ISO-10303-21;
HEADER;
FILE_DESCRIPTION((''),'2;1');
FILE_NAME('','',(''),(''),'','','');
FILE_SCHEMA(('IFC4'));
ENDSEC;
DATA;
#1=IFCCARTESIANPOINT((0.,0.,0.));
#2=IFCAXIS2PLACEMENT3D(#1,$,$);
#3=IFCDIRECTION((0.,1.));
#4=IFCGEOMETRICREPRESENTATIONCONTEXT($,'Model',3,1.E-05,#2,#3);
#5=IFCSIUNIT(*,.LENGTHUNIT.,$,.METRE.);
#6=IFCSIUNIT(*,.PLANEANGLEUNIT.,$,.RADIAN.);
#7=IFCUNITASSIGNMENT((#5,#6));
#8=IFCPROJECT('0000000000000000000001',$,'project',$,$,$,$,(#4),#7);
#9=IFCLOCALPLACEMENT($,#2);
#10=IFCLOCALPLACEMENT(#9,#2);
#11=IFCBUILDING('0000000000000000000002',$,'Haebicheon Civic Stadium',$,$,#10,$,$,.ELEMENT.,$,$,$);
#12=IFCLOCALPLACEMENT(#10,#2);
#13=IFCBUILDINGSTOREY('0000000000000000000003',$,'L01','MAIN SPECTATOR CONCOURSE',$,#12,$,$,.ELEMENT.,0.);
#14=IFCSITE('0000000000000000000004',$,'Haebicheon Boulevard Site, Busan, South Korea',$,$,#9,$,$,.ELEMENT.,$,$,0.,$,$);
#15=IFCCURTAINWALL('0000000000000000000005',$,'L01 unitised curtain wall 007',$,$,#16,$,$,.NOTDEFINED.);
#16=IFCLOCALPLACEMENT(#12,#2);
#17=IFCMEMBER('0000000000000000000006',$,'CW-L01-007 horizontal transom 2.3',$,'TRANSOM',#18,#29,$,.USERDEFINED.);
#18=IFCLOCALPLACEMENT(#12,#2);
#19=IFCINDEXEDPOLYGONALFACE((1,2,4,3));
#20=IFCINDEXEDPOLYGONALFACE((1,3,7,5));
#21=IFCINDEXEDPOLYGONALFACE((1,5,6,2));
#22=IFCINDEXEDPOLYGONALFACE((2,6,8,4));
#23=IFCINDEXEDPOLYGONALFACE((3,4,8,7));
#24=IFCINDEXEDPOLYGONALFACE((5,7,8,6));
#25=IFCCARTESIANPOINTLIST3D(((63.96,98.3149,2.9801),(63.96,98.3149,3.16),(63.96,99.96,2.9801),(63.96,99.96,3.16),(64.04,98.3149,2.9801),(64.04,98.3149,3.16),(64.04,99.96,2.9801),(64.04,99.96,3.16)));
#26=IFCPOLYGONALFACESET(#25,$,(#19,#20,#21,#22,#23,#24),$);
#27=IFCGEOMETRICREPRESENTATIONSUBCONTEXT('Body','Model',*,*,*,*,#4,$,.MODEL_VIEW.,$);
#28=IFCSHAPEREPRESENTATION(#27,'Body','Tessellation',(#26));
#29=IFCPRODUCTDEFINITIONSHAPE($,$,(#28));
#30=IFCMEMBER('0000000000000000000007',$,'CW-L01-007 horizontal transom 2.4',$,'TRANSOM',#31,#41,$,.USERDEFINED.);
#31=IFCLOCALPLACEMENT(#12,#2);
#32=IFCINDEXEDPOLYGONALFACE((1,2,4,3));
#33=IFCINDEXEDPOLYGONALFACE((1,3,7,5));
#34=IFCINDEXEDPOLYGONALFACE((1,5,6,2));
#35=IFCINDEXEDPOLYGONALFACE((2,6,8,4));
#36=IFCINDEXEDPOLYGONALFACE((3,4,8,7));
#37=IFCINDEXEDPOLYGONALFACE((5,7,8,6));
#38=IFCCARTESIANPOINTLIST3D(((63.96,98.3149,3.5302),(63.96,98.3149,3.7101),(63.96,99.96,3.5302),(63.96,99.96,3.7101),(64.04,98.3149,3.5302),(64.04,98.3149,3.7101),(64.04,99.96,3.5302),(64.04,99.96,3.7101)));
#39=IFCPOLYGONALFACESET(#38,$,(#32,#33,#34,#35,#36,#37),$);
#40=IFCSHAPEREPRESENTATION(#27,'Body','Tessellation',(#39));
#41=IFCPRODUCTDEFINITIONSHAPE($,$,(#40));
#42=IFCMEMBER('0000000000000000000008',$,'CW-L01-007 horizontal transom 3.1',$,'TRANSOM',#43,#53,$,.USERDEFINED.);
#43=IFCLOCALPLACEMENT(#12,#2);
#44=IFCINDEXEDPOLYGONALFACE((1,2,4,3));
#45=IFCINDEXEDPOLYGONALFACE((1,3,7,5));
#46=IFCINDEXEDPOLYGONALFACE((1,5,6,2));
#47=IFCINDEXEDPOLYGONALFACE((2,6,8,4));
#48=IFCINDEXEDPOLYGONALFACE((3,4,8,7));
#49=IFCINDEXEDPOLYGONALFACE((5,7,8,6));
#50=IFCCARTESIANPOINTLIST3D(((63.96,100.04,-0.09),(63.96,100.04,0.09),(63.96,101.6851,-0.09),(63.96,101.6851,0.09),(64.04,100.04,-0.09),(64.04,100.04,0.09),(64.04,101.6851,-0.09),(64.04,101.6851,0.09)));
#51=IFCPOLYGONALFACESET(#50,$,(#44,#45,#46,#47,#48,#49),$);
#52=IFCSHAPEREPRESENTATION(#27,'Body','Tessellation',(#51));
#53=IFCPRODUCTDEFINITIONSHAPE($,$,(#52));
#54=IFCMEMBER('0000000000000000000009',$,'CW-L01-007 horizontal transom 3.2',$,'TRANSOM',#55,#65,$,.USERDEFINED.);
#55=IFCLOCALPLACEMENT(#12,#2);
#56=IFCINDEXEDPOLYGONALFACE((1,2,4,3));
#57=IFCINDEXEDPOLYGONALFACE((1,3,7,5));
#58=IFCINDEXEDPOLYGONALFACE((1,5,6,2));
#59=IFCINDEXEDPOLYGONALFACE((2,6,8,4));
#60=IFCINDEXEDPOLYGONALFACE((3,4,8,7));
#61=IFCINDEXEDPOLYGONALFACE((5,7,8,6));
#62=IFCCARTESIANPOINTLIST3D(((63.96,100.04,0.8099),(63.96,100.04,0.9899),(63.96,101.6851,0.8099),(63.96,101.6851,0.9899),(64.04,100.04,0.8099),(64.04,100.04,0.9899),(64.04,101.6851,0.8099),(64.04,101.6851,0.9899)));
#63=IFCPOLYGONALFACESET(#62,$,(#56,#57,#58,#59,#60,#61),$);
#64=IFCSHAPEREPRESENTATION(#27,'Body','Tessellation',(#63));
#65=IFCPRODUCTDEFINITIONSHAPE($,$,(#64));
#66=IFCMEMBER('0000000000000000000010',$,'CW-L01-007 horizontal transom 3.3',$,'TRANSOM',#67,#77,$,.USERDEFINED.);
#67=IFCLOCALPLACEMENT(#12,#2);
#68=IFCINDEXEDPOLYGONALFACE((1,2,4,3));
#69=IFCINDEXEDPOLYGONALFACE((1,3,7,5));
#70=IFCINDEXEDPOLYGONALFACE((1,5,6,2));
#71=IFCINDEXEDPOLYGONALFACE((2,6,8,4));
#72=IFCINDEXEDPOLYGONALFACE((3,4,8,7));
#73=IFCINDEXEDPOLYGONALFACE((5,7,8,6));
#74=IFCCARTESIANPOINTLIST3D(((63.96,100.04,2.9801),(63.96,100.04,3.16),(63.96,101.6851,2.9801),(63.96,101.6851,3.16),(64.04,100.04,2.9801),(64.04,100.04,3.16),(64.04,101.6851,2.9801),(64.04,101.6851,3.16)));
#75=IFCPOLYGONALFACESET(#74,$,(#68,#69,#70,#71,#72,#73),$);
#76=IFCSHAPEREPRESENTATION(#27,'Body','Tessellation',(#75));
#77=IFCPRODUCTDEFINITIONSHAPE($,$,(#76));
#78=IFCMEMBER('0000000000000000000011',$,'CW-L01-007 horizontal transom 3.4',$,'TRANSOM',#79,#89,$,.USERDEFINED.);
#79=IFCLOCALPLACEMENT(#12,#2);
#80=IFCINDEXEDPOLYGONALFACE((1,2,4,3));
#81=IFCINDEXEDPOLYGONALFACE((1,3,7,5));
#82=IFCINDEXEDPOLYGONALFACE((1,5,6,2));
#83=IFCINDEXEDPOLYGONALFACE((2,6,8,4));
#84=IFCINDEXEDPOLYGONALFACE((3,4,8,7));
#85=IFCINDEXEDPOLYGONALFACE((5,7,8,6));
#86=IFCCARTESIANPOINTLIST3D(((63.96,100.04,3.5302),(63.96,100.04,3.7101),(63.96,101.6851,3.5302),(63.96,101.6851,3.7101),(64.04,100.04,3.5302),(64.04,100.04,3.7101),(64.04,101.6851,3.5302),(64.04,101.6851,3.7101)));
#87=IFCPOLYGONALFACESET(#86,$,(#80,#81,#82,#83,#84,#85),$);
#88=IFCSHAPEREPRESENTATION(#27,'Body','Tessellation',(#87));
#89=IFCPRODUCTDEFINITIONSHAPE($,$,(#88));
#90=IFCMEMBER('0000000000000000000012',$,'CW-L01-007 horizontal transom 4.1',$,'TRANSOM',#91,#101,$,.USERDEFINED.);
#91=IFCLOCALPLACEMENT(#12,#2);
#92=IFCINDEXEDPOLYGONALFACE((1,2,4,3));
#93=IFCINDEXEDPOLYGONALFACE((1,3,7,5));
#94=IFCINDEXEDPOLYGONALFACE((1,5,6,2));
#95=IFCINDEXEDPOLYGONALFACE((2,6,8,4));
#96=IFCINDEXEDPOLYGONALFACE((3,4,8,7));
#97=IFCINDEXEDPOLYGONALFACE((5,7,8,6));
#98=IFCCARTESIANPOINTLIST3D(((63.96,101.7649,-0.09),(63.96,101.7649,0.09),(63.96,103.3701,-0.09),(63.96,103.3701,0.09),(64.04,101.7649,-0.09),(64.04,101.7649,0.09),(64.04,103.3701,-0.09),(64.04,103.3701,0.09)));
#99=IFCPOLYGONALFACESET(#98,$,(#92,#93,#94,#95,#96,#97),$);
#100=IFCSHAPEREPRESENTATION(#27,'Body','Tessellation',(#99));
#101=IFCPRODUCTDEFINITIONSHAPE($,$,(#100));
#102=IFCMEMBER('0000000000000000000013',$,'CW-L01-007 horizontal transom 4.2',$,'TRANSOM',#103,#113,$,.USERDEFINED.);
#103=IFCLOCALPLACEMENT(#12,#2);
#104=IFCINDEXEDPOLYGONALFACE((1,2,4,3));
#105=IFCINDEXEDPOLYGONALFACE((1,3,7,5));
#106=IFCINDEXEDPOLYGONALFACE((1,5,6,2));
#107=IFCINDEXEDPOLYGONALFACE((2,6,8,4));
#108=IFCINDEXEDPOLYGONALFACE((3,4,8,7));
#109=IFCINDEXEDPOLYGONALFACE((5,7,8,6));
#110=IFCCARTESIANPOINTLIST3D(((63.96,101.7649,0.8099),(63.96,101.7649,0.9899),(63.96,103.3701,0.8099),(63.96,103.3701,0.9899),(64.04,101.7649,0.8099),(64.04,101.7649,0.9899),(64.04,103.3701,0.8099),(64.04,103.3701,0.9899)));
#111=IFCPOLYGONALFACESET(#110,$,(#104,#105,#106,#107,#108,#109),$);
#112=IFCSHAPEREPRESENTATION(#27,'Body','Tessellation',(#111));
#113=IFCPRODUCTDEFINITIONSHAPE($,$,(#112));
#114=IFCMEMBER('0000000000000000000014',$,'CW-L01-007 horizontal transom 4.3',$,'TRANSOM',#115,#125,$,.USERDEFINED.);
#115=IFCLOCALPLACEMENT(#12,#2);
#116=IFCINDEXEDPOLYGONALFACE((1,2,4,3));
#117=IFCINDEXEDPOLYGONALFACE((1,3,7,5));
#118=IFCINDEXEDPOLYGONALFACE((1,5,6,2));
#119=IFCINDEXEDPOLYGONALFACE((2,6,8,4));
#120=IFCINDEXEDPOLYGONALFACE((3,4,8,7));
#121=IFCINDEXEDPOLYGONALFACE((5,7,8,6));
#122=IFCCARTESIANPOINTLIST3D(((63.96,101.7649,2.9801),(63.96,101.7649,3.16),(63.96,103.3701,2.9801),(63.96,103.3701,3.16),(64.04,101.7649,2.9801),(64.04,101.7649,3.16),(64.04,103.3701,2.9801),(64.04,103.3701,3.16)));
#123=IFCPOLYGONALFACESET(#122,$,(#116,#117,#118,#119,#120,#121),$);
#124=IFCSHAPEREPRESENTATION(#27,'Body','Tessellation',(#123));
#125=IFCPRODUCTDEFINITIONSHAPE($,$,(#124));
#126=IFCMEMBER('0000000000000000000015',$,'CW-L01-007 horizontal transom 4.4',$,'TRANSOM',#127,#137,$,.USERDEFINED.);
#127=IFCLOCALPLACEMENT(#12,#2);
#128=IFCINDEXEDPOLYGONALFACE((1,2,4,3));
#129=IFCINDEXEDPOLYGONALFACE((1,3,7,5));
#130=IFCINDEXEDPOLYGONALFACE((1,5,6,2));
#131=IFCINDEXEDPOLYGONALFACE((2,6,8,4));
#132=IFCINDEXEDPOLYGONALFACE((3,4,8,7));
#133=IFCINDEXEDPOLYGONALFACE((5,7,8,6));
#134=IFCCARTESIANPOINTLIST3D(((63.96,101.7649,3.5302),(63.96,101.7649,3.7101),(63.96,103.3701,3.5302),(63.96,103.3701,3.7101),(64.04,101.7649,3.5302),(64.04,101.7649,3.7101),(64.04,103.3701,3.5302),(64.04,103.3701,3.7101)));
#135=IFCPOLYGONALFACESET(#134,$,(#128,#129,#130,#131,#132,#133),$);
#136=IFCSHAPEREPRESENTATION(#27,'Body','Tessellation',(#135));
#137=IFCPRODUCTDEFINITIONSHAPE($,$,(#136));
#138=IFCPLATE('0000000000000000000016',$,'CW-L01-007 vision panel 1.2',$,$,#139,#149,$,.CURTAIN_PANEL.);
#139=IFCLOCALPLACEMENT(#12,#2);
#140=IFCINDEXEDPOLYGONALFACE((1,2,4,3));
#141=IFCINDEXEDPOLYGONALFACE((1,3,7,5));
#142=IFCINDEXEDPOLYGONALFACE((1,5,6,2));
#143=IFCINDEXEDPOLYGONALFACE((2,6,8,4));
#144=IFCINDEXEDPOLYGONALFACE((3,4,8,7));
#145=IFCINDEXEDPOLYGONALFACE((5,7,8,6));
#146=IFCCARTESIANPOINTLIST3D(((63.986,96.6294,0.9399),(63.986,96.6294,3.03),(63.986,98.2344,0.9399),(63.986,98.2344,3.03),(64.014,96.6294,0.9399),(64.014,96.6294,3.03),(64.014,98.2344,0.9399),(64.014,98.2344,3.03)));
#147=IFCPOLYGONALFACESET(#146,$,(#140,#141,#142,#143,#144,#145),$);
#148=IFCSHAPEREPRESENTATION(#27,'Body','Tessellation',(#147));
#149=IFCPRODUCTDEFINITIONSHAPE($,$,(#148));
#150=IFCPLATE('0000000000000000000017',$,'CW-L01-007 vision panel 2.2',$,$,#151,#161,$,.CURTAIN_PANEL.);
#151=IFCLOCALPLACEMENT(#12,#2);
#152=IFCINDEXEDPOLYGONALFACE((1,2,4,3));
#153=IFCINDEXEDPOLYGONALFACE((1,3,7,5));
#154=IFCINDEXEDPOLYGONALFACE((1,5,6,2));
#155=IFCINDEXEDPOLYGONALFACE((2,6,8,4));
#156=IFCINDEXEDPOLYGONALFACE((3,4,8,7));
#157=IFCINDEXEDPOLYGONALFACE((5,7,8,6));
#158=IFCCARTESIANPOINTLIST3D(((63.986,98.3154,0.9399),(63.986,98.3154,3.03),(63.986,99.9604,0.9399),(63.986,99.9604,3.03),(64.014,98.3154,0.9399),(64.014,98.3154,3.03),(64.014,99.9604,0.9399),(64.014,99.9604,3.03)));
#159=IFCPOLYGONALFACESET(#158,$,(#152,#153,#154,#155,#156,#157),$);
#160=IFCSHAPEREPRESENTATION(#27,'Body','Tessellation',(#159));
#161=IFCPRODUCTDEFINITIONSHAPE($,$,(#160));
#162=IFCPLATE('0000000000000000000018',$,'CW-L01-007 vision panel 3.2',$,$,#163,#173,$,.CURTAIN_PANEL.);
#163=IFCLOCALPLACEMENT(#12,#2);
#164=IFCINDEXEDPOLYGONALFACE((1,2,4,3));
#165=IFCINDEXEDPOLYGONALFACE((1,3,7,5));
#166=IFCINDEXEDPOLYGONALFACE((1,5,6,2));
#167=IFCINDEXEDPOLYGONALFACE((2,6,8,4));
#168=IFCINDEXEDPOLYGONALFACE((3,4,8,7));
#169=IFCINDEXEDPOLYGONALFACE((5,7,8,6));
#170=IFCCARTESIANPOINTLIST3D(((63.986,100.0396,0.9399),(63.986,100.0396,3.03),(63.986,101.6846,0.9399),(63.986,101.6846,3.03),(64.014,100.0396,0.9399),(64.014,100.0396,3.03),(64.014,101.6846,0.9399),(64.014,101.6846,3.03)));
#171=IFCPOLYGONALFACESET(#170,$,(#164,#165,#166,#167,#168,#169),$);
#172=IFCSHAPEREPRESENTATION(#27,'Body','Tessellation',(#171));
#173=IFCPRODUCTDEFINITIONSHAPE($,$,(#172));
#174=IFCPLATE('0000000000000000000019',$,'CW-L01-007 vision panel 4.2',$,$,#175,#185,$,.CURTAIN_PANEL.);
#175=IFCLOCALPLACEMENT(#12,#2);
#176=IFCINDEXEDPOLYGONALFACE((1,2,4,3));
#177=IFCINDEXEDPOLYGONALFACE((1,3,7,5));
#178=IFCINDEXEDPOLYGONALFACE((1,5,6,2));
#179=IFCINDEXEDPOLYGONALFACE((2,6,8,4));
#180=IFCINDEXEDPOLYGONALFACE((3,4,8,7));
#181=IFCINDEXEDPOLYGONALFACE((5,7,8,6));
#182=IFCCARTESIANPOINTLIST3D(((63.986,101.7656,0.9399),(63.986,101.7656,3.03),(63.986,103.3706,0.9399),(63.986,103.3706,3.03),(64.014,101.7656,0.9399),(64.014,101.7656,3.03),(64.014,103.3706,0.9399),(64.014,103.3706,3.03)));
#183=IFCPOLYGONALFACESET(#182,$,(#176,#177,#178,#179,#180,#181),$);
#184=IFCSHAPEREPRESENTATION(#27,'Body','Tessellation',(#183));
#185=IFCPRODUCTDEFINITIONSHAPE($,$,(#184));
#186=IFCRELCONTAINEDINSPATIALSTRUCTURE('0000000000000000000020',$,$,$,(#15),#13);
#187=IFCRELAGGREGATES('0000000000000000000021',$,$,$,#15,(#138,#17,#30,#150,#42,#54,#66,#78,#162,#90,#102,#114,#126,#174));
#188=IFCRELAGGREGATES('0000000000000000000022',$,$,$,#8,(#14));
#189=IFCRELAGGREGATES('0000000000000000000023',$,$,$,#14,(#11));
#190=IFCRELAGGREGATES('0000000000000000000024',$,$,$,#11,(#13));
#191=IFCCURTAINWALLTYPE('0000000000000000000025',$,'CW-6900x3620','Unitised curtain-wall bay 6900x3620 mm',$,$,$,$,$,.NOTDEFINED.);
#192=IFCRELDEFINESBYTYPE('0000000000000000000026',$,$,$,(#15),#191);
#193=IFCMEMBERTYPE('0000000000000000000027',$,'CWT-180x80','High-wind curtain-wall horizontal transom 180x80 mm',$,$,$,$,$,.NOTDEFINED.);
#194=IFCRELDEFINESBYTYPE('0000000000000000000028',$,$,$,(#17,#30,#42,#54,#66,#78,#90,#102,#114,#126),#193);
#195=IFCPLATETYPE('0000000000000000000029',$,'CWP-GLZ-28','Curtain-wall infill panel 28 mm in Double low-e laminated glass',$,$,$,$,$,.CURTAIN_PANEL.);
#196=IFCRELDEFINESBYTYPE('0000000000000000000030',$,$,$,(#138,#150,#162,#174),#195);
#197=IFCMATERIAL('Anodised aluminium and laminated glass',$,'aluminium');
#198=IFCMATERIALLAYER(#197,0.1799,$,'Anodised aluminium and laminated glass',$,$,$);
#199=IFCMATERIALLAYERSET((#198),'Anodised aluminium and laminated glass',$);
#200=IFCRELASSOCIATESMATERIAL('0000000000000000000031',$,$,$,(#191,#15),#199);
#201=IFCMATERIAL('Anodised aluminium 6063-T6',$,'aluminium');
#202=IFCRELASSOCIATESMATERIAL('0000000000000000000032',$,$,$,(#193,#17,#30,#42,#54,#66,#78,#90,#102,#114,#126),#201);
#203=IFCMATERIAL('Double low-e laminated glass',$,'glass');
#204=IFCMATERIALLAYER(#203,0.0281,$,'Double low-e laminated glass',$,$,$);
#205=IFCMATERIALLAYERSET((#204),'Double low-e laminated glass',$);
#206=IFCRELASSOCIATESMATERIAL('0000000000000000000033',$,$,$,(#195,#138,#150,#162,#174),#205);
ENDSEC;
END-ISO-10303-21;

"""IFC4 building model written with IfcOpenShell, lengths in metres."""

from ifc_helpers import new_model, si_unit, direction, frame, origin, origin_2d, place, context, subcontext, project, spatial, rectangle, extrude, material, layer, layer_set, material_profile, profile_set, type_object, element, aggregate, save


model = new_model("IFC4")

# Units and contexts
model_context = context("Model", 3, precision=1e-05, world=origin(), true_north=direction((0.0, 1.0)))
body_context = subcontext(model_context, "Body", "Model", "MODEL_VIEW")
ifc_project = project(units=[si_unit("LENGTHUNIT", "METRE"), si_unit("PLANEANGLEUNIT", "RADIAN")], contexts=[model_context])

# Site, building, storey
site_placement = place(None, origin())
site = spatial("IfcSite", under=ifc_project, at=site_placement, Name="Haebicheon Boulevard Site, Busan, South Korea", CompositionType="ELEMENT", RefElevation=0.0)
building_placement = place(site_placement, origin())
building = spatial("IfcBuilding", under=site, at=building_placement, Name="Haebicheon Civic Stadium", CompositionType="ELEMENT")
storey_placement = place(building_placement, origin())
storey = spatial("IfcBuildingStorey", under=building, at=storey_placement, Name="L01", Description="MAIN SPECTATOR CONCOURSE", CompositionType="ELEMENT", Elevation=0.0)

# Curtain wall, members, plates
ifc_material_1 = material(Name="Anodised aluminium and laminated glass", Category="aluminium")
ifc_layer_1 = layer(ifc_material_1, 0.1799, Name="Anodised aluminium and laminated glass")
ifc_layer_set_1 = layer_set([ifc_layer_1], Name="Anodised aluminium and laminated glass")
curtain_wall_type = type_object("IfcCurtainWallType", Name="CW-6900x3620", Description="Unitised curtain-wall bay 6900x3620 mm", PredefinedType="NOTDEFINED", material=ifc_layer_set_1)
curtain_wall_placement = place(storey_placement, origin())
curtain_wall = element("IfcCurtainWall", 1, at=curtain_wall_placement, inside=storey, type_object=curtain_wall_type, material=ifc_layer_set_1, Name="L01 unitised curtain wall 007", PredefinedType="NOTDEFINED")
ifc_material_2 = material(Name="Anodised aluminium 6063-T6", Category="aluminium")
ifc_material_profile_1 = material_profile(ifc_material_2, rectangle(XDim=0.0801, YDim=0.1799, at=origin_2d()), Name="ALU-TRAN-80x180")
ifc_profile_set_1 = profile_set([ifc_material_profile_1], Name="Anodised aluminium 6063-T6")
member_type_1 = type_object("IfcMemberType", Name="CWT-180x80", Description="High-wind curtain-wall horizontal transom 180x80 mm", PredefinedType="NOTDEFINED", material=ifc_profile_set_1)
member_1_placement = place(storey_placement, frame((64.0, 98.3149, 3.0701), z_axis=(0.0, 1.0, 0.0), x_axis=(-1.0, 0.0, 0.0)))
member_1 = element("IfcMember", 2, at=member_1_placement, type_object=member_type_1, material=ifc_profile_set_1, Name="CW-L01-007 horizontal transom 2.3", ObjectType="TRANSOM", PredefinedType="USERDEFINED", context=body_context, shape_type="SweptSolid", body=[
    extrude(rectangle(XDim=0.0801, YDim=0.1799, at=origin_2d()), origin(), (0.0, 0.0, 1.0), 1.645),
])
member_2_placement = place(storey_placement, frame((64.0, 98.3149, 3.6201), z_axis=(0.0, 1.0, 0.0), x_axis=(-1.0, 0.0, 0.0)))
member_2 = element("IfcMember", 3, at=member_2_placement, type_object=member_type_1, material=ifc_profile_set_1, Name="CW-L01-007 horizontal transom 2.4", ObjectType="TRANSOM", PredefinedType="USERDEFINED", context=body_context, shape_type="SweptSolid", body=[
    extrude(rectangle(XDim=0.0801, YDim=0.1799, at=origin_2d()), origin(), (0.0, 0.0, 1.0), 1.645),
])
member_3_placement = place(storey_placement, frame((64.0, 100.04, 0.0), z_axis=(0.0, 1.0, 0.0), x_axis=(-1.0, 0.0, 0.0)))
member_3 = element("IfcMember", 4, at=member_3_placement, type_object=member_type_1, material=ifc_profile_set_1, Name="CW-L01-007 horizontal transom 3.1", ObjectType="TRANSOM", PredefinedType="USERDEFINED", context=body_context, shape_type="SweptSolid", body=[
    extrude(rectangle(XDim=0.0801, YDim=0.1799, at=origin_2d()), origin(), (0.0, 0.0, 1.0), 1.645),
])
member_4_placement = place(storey_placement, frame((64.0, 100.04, 0.8999), z_axis=(0.0, 1.0, 0.0), x_axis=(-1.0, 0.0, 0.0)))
member_4 = element("IfcMember", 5, at=member_4_placement, type_object=member_type_1, material=ifc_profile_set_1, Name="CW-L01-007 horizontal transom 3.2", ObjectType="TRANSOM", PredefinedType="USERDEFINED", context=body_context, shape_type="SweptSolid", body=[
    extrude(rectangle(XDim=0.0801, YDim=0.1799, at=origin_2d()), origin(), (0.0, 0.0, 1.0), 1.645),
])
member_5_placement = place(storey_placement, frame((64.0, 100.04, 3.0701), z_axis=(0.0, 1.0, 0.0), x_axis=(-1.0, 0.0, 0.0)))
member_5 = element("IfcMember", 6, at=member_5_placement, type_object=member_type_1, material=ifc_profile_set_1, Name="CW-L01-007 horizontal transom 3.3", ObjectType="TRANSOM", PredefinedType="USERDEFINED", context=body_context, shape_type="SweptSolid", body=[
    extrude(rectangle(XDim=0.0801, YDim=0.1799, at=origin_2d()), origin(), (0.0, 0.0, 1.0), 1.645),
])
member_6_placement = place(storey_placement, frame((64.0, 100.04, 3.6201), z_axis=(0.0, 1.0, 0.0), x_axis=(-1.0, 0.0, 0.0)))
member_6 = element("IfcMember", 7, at=member_6_placement, type_object=member_type_1, material=ifc_profile_set_1, Name="CW-L01-007 horizontal transom 3.4", ObjectType="TRANSOM", PredefinedType="USERDEFINED", context=body_context, shape_type="SweptSolid", body=[
    extrude(rectangle(XDim=0.0801, YDim=0.1799, at=origin_2d()), origin(), (0.0, 0.0, 1.0), 1.645),
])
member_7_placement = place(storey_placement, frame((64.0, 101.7649, 0.0), z_axis=(0.0, 1.0, 0.0), x_axis=(-1.0, 0.0, 0.0)))
member_7 = element("IfcMember", 8, at=member_7_placement, type_object=member_type_1, material=ifc_profile_set_1, Name="CW-L01-007 horizontal transom 4.1", ObjectType="TRANSOM", PredefinedType="USERDEFINED", context=body_context, shape_type="SweptSolid", body=[
    extrude(rectangle(XDim=0.0801, YDim=0.1799, at=origin_2d()), origin(), (0.0, 0.0, 1.0), 1.6052),
])
member_8_placement = place(storey_placement, frame((64.0, 101.7649, 0.8999), z_axis=(0.0, 1.0, 0.0), x_axis=(-1.0, 0.0, 0.0)))
member_8 = element("IfcMember", 9, at=member_8_placement, type_object=member_type_1, material=ifc_profile_set_1, Name="CW-L01-007 horizontal transom 4.2", ObjectType="TRANSOM", PredefinedType="USERDEFINED", context=body_context, shape_type="SweptSolid", body=[
    extrude(rectangle(XDim=0.0801, YDim=0.1799, at=origin_2d()), origin(), (0.0, 0.0, 1.0), 1.6052),
])
member_9_placement = place(storey_placement, frame((64.0, 101.7649, 3.0701), z_axis=(0.0, 1.0, 0.0), x_axis=(-1.0, 0.0, 0.0)))
member_9 = element("IfcMember", 10, at=member_9_placement, type_object=member_type_1, material=ifc_profile_set_1, Name="CW-L01-007 horizontal transom 4.3", ObjectType="TRANSOM", PredefinedType="USERDEFINED", context=body_context, shape_type="SweptSolid", body=[
    extrude(rectangle(XDim=0.0801, YDim=0.1799, at=origin_2d()), origin(), (0.0, 0.0, 1.0), 1.6052),
])
member_10_placement = place(storey_placement, frame((64.0, 101.7649, 3.6201), z_axis=(0.0, 1.0, 0.0), x_axis=(-1.0, 0.0, 0.0)))
member_10 = element("IfcMember", 11, at=member_10_placement, type_object=member_type_1, material=ifc_profile_set_1, Name="CW-L01-007 horizontal transom 4.4", ObjectType="TRANSOM", PredefinedType="USERDEFINED", context=body_context, shape_type="SweptSolid", body=[
    extrude(rectangle(XDim=0.0801, YDim=0.1799, at=origin_2d()), origin(), (0.0, 0.0, 1.0), 1.6052),
])
ifc_material_3 = material(Name="Double low-e laminated glass", Category="glass")
ifc_layer_2 = layer(ifc_material_3, 0.0281, Name="Double low-e laminated glass")
ifc_layer_set_2 = layer_set([ifc_layer_2], Name="Double low-e laminated glass")
plate_type_1 = type_object("IfcPlateType", Name="CWP-GLZ-28", Description="Curtain-wall infill panel 28 mm in Double low-e laminated glass", PredefinedType="CURTAIN_PANEL", material=ifc_layer_set_2)
plate_1_placement = place(storey_placement, frame((64.0, 97.4319, 0.9399), z_axis=(0.0, 0.0, 1.0), x_axis=(0.0, 1.0, 0.0)))
plate_1 = element("IfcPlate", 12, at=plate_1_placement, type_object=plate_type_1, material=ifc_layer_set_2, Name="CW-L01-007 vision panel 1.2", PredefinedType="CURTAIN_PANEL", context=body_context, shape_type="SweptSolid", body=[
    extrude(rectangle(XDim=1.605, YDim=0.0281, at=origin_2d()), origin(), (0.0, 0.0, 1.0), 2.0901),
])
plate_2_placement = place(storey_placement, frame((64.0, 99.1379, 0.9399), z_axis=(0.0, 0.0, 1.0), x_axis=(0.0, 1.0, 0.0)))
plate_2 = element("IfcPlate", 13, at=plate_2_placement, type_object=plate_type_1, material=ifc_layer_set_2, Name="CW-L01-007 vision panel 2.2", PredefinedType="CURTAIN_PANEL", context=body_context, shape_type="SweptSolid", body=[
    extrude(rectangle(XDim=1.645, YDim=0.0281, at=origin_2d()), origin(), (0.0, 0.0, 1.0), 2.0901),
])
plate_3_placement = place(storey_placement, frame((64.0, 100.8621, 0.9399), z_axis=(0.0, 0.0, 1.0), x_axis=(0.0, 1.0, 0.0)))
plate_3 = element("IfcPlate", 14, at=plate_3_placement, type_object=plate_type_1, material=ifc_layer_set_2, Name="CW-L01-007 vision panel 3.2", PredefinedType="CURTAIN_PANEL", context=body_context, shape_type="SweptSolid", body=[
    extrude(rectangle(XDim=1.645, YDim=0.0281, at=origin_2d()), origin(), (0.0, 0.0, 1.0), 2.0901),
])
plate_4_placement = place(storey_placement, frame((64.0, 102.5681, 0.9399), z_axis=(0.0, 0.0, 1.0), x_axis=(0.0, 1.0, 0.0)))
plate_4 = element("IfcPlate", 15, at=plate_4_placement, type_object=plate_type_1, material=ifc_layer_set_2, Name="CW-L01-007 vision panel 4.2", PredefinedType="CURTAIN_PANEL", context=body_context, shape_type="SweptSolid", body=[
    extrude(rectangle(XDim=1.605, YDim=0.0281, at=origin_2d()), origin(), (0.0, 0.0, 1.0), 2.0901),
])
aggregate(curtain_wall, [plate_1, member_1, member_2, plate_2, member_3, member_4, member_5, member_6, plate_3, member_7, member_8, member_9, member_10, plate_4])

save(model, "model.ifc")
